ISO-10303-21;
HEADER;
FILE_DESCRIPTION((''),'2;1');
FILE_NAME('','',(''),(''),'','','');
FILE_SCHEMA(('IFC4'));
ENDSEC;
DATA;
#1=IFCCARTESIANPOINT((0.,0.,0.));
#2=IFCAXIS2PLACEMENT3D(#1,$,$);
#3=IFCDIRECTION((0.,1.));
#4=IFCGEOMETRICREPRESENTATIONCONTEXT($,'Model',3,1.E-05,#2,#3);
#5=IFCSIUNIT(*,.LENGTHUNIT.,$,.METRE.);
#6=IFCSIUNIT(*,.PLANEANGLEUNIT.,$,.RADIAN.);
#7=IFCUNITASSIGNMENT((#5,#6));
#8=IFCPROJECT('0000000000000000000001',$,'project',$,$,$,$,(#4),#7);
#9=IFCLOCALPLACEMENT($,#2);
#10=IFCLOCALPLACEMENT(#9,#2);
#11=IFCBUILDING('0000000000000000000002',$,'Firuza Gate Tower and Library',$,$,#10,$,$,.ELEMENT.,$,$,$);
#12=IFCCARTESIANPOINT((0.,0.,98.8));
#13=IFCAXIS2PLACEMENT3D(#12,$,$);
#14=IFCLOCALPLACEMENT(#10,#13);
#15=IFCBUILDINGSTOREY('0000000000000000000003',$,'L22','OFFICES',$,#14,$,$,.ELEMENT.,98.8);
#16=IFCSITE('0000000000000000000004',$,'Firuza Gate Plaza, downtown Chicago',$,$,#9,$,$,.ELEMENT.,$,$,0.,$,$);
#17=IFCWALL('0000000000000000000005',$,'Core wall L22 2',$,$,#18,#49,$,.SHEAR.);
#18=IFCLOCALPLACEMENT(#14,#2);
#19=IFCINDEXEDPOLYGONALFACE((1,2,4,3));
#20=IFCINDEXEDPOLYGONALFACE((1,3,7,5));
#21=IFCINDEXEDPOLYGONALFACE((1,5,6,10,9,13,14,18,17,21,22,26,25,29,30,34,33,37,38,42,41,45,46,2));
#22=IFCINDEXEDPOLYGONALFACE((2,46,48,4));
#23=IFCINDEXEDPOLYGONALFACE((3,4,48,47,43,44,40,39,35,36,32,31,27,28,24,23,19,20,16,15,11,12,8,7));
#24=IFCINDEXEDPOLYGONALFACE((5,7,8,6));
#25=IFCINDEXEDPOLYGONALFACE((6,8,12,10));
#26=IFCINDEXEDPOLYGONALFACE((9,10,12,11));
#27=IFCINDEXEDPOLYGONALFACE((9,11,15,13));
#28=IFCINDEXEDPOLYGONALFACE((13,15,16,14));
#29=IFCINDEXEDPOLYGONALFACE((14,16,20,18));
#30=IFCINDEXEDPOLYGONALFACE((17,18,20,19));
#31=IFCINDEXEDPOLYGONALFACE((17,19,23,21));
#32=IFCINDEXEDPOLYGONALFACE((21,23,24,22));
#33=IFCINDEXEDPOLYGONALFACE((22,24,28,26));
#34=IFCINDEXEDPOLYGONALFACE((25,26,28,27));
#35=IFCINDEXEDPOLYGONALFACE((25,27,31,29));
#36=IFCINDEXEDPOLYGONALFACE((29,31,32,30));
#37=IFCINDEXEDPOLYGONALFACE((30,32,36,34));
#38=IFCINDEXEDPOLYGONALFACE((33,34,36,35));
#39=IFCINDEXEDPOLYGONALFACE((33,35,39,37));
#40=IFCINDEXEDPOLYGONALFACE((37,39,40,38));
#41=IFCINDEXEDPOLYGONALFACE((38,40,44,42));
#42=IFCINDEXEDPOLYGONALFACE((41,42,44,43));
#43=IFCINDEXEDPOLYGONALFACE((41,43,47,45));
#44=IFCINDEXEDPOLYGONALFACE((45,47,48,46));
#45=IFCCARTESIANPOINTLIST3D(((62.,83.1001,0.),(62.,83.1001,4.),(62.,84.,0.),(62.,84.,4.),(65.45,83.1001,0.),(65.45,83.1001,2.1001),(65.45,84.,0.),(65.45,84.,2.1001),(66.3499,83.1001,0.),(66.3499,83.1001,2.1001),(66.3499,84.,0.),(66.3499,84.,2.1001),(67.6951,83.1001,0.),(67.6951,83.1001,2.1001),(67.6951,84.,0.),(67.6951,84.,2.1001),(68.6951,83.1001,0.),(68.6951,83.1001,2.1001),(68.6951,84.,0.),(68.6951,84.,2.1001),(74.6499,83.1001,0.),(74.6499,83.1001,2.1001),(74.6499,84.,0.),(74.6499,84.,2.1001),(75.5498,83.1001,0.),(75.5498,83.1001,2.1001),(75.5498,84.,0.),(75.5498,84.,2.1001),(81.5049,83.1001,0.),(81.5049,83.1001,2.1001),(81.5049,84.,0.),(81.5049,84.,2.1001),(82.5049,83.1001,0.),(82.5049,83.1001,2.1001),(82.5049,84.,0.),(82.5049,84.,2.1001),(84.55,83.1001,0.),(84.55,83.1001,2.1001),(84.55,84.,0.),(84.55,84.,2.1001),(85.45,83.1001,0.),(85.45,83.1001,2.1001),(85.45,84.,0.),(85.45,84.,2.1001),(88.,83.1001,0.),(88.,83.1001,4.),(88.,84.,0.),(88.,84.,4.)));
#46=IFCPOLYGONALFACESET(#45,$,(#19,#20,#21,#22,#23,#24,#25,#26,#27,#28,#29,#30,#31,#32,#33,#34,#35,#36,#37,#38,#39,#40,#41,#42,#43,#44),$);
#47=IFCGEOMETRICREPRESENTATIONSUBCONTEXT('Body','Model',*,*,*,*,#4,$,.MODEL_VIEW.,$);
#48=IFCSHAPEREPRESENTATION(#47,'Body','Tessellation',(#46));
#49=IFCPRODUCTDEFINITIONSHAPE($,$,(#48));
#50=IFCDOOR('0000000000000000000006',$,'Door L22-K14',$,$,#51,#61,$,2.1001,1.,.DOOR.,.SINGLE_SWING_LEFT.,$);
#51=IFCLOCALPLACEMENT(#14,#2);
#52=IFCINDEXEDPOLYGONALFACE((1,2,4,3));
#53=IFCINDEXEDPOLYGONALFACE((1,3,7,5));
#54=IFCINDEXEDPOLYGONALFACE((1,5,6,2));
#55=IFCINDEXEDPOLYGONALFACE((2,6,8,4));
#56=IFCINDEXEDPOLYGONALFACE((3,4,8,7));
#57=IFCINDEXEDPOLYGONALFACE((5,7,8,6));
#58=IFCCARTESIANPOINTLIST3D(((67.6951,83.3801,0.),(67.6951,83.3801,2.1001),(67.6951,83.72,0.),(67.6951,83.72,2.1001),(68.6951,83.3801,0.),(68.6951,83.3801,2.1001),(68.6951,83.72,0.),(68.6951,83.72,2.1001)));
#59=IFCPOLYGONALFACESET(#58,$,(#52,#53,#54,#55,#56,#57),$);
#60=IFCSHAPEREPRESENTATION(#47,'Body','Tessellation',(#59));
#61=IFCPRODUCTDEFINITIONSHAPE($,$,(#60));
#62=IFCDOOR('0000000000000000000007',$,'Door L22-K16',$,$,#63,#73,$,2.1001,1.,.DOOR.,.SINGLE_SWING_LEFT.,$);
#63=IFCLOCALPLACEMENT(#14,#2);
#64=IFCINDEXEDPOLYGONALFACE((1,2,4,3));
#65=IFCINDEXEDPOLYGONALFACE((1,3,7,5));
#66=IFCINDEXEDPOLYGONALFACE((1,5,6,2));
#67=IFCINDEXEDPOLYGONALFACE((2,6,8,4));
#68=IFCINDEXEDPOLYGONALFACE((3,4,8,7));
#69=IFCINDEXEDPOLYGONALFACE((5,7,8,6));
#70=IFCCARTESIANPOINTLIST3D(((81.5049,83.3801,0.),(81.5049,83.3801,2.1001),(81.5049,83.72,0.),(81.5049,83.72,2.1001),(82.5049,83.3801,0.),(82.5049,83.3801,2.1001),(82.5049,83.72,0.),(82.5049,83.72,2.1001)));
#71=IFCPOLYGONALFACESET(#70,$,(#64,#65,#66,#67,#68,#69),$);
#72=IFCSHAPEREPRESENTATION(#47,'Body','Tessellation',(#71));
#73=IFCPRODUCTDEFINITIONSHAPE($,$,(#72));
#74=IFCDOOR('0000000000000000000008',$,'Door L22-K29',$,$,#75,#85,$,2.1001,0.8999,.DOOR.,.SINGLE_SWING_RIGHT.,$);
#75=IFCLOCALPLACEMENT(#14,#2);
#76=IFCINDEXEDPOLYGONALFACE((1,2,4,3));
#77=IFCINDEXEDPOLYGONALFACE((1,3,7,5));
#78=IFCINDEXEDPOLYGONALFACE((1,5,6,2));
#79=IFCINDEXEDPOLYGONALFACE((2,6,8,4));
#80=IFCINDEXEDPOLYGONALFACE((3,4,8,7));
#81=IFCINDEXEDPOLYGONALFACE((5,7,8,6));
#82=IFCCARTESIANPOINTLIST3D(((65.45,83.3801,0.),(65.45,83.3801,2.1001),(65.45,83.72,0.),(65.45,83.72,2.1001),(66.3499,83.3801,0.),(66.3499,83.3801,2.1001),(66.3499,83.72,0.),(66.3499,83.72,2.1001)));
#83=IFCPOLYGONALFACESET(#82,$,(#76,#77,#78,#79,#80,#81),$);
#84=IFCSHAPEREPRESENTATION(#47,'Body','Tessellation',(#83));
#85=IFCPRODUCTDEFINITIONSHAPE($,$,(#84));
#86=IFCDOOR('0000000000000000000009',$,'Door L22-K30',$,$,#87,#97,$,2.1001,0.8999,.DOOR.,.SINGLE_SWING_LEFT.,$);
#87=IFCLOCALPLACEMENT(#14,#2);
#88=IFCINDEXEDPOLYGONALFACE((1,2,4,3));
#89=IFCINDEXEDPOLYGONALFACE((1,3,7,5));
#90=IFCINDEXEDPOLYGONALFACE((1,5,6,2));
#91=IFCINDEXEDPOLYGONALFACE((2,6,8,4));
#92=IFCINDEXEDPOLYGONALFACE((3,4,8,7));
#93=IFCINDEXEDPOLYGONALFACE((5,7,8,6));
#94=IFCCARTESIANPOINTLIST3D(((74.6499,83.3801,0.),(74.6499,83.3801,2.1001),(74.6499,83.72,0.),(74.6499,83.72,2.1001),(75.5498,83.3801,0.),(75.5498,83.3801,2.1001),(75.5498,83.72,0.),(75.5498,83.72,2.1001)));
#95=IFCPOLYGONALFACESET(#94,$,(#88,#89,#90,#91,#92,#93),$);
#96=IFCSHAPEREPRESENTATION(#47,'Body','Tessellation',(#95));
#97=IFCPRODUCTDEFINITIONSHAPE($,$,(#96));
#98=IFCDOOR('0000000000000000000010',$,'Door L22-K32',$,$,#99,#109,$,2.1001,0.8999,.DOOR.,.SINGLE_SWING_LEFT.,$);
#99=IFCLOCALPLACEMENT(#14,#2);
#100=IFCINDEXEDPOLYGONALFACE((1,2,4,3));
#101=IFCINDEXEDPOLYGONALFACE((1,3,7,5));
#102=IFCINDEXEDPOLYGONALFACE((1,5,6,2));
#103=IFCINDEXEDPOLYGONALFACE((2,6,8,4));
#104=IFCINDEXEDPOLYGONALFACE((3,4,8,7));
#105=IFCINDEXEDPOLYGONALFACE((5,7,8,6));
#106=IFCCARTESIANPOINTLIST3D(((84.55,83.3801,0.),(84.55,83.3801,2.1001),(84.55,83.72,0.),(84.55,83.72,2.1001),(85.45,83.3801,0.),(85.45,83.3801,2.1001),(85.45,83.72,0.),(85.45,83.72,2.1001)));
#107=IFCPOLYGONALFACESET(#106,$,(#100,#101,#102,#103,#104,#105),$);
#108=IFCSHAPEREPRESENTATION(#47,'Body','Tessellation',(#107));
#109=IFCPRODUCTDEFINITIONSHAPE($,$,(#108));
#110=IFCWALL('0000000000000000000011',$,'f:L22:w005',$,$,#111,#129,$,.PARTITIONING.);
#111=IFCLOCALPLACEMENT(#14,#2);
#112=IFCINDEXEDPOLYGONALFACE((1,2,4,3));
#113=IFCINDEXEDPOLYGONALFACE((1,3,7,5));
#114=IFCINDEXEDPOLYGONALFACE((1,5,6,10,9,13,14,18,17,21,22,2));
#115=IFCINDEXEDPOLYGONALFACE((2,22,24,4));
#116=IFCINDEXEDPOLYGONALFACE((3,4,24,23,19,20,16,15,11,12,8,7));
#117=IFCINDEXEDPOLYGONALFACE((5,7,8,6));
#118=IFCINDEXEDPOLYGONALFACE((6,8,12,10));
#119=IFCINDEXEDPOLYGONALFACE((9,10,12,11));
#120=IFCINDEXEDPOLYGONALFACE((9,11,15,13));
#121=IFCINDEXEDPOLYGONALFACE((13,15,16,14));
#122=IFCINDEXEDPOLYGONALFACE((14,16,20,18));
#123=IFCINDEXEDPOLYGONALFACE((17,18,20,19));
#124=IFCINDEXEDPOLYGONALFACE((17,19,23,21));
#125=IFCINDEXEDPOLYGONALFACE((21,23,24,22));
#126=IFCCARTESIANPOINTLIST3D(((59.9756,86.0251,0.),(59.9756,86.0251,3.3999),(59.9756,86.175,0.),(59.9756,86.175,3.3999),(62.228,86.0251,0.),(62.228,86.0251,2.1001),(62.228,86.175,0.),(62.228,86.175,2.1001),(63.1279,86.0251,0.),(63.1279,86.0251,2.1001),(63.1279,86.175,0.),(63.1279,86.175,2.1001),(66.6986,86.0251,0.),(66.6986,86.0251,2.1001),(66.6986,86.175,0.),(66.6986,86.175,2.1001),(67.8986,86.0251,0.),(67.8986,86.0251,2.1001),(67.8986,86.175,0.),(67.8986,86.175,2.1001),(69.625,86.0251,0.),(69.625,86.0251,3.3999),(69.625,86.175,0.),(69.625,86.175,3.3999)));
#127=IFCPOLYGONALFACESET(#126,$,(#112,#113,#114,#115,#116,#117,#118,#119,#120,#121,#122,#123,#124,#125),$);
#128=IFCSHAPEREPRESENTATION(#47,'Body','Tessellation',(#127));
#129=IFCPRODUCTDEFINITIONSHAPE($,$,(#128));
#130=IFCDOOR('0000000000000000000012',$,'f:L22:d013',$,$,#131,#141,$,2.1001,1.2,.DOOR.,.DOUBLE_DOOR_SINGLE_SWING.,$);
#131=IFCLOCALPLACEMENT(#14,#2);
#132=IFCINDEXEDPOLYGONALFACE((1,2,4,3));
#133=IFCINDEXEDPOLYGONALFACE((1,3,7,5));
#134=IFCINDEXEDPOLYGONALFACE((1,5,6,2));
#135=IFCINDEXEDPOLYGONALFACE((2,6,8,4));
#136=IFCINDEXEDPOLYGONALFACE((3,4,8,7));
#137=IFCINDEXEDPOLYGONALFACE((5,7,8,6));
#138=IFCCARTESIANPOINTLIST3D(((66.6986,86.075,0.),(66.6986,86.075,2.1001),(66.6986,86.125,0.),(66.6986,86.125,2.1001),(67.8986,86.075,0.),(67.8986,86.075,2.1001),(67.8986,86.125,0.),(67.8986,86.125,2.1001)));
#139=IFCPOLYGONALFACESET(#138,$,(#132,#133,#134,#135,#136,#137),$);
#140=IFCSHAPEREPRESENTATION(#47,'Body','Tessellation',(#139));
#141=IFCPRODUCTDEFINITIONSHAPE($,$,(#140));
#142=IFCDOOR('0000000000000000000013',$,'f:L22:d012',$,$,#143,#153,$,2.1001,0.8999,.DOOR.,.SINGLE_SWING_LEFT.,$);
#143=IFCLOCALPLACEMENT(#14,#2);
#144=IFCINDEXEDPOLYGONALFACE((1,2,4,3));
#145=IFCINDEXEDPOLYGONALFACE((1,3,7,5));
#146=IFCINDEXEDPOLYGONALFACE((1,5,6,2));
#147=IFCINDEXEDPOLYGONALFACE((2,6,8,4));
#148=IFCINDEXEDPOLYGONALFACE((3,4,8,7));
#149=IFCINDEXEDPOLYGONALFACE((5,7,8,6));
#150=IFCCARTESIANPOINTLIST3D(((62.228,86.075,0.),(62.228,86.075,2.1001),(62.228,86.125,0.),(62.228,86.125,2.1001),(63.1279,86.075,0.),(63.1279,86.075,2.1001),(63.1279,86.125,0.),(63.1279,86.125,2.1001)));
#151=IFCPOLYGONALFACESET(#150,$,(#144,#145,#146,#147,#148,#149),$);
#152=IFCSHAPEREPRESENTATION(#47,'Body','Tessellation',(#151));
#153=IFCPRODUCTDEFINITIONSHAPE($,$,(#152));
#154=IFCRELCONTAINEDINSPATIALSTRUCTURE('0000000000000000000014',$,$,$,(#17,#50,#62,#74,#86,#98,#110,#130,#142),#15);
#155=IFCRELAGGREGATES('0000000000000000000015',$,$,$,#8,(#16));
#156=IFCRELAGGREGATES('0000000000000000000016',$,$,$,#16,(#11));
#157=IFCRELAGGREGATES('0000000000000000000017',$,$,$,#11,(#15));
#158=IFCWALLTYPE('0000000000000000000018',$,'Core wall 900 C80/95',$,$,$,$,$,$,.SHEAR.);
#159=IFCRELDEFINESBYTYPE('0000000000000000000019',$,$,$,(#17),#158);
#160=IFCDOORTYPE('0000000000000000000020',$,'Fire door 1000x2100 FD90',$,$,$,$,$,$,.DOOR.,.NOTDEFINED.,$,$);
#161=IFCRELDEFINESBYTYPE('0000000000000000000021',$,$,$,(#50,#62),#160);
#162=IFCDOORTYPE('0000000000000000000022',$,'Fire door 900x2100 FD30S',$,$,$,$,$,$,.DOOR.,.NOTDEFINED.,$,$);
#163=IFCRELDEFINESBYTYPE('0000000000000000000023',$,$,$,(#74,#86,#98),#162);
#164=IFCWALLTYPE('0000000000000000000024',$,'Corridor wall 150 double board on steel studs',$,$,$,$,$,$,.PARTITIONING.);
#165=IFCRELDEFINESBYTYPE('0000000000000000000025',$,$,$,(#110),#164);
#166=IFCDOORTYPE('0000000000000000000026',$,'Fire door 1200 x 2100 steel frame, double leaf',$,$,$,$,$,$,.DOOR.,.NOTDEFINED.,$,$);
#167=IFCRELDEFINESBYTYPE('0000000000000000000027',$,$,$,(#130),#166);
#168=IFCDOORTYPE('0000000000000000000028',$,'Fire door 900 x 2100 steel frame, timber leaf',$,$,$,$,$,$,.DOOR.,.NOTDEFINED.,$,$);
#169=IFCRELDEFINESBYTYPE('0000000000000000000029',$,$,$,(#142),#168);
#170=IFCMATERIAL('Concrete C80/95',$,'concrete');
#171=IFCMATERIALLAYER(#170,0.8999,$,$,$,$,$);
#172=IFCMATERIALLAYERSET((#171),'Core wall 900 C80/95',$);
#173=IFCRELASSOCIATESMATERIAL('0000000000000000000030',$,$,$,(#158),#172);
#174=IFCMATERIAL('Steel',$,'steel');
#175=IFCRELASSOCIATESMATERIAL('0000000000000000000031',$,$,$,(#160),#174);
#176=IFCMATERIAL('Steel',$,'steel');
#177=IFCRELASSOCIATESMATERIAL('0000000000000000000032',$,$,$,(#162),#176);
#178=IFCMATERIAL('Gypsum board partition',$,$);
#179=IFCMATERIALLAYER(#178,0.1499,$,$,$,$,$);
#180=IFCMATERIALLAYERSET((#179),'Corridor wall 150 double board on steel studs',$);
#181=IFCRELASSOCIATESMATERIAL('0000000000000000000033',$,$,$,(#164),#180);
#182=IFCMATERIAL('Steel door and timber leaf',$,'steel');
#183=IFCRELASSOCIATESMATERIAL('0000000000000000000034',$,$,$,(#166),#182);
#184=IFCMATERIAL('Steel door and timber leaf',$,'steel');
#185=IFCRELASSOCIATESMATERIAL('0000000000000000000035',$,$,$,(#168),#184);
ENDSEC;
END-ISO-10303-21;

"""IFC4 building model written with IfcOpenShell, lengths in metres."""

from ifc_helpers import new_model, si_unit, direction, frame, frame_2d, origin, place, context, subcontext, project, spatial, rectangle, extrude, material, layer, layer_set, type_object, element, fill, save


model = new_model("IFC4")

# Units and contexts
model_context = context("Model", 3, precision=1e-05, world=origin(), true_north=direction((0.0, 1.0)))
body_context = subcontext(model_context, "Body", "Model", "MODEL_VIEW")
ifc_project = project(units=[si_unit("LENGTHUNIT", "METRE"), si_unit("PLANEANGLEUNIT", "RADIAN")], contexts=[model_context])

# Site, building, storey
site_placement = place(None, origin())
site = spatial("IfcSite", under=ifc_project, at=site_placement, Name="Firuza Gate Plaza, downtown Chicago", CompositionType="ELEMENT", RefElevation=0.0)
building_placement = place(site_placement, origin())
building = spatial("IfcBuilding", under=site, at=building_placement, Name="Firuza Gate Tower and Library", CompositionType="ELEMENT")
storey_placement = place(building_placement, frame((0.0, 0.0, 98.8)))
storey = spatial("IfcBuildingStorey", under=building, at=storey_placement, Name="L22", Description="OFFICES", CompositionType="ELEMENT", Elevation=98.8)

# Walls, openings, doors
ifc_material_1 = material(Name="Concrete C80/95", Category="concrete")
ifc_layer_1 = layer(ifc_material_1, 0.8999)
ifc_layer_set_1 = layer_set([ifc_layer_1], Name="Core wall 900 C80/95")
wall_type_1 = type_object("IfcWallType", Name="Core wall 900 C80/95", PredefinedType="SHEAR", material=ifc_layer_set_1)
wall_1_placement = place(storey_placement, frame((62.0, 83.55, 0.0), z_axis=(0.0, 0.0, 1.0), x_axis=(1.0, 0.0, 0.0)))
wall_1 = element("IfcWall", 1, at=wall_1_placement, inside=storey, type_object=wall_type_1, Name="Core wall L22 2", PredefinedType="SHEAR", context=body_context, shape_type="SweptSolid", body=[
    extrude(rectangle(XDim=26.0, YDim=0.8999, at=frame_2d((13.0, 0.0))), origin(), (0.0, 0.0, 1.0), 4.0),
])
opening_1_placement = place(wall_1_placement, frame((5.6951, 0.0, 0.0)))
opening_1 = element("IfcOpeningElement", 2, at=opening_1_placement, cuts=wall_1, PredefinedType="OPENING", context=body_context, shape_type="SweptSolid", body=[
    extrude(rectangle(XDim=1.0, YDim=2.1001, at=frame_2d((0.5, 1.05))), frame((0.0, 0.46, 0.0), z_axis=(0.0, -1.0, 0.0), x_axis=(1.0, 0.0, 0.0)), (0.0, 0.0, 1.0), 0.9199),
])
opening_2_placement = place(wall_1_placement, frame((19.5049, 0.0, 0.0)))
opening_2 = element("IfcOpeningElement", 3, at=opening_2_placement, cuts=wall_1, PredefinedType="OPENING", context=body_context, shape_type="SweptSolid", body=[
    extrude(rectangle(XDim=1.0, YDim=2.1001, at=frame_2d((0.5, 1.05))), frame((0.0, 0.46, 0.0), z_axis=(0.0, -1.0, 0.0), x_axis=(1.0, 0.0, 0.0)), (0.0, 0.0, 1.0), 0.9199),
])
opening_3_placement = place(wall_1_placement, frame((3.45, 0.0, 0.0)))
opening_3 = element("IfcOpeningElement", 4, at=opening_3_placement, cuts=wall_1, PredefinedType="OPENING", context=body_context, shape_type="SweptSolid", body=[
    extrude(rectangle(XDim=0.8999, YDim=2.1001, at=frame_2d((0.45, 1.05))), frame((0.0, 0.46, 0.0), z_axis=(0.0, -1.0, 0.0), x_axis=(1.0, 0.0, 0.0)), (0.0, 0.0, 1.0), 0.9199),
])
opening_4_placement = place(wall_1_placement, frame((12.6499, 0.0, 0.0)))
opening_4 = element("IfcOpeningElement", 5, at=opening_4_placement, cuts=wall_1, PredefinedType="OPENING", context=body_context, shape_type="SweptSolid", body=[
    extrude(rectangle(XDim=0.8999, YDim=2.1001, at=frame_2d((0.45, 1.05))), frame((0.0, 0.46, 0.0), z_axis=(0.0, -1.0, 0.0), x_axis=(1.0, 0.0, 0.0)), (0.0, 0.0, 1.0), 0.9199),
])
opening_5_placement = place(wall_1_placement, frame((22.55, 0.0, 0.0)))
opening_5 = element("IfcOpeningElement", 6, at=opening_5_placement, cuts=wall_1, PredefinedType="OPENING", context=body_context, shape_type="SweptSolid", body=[
    extrude(rectangle(XDim=0.8999, YDim=2.1001, at=frame_2d((0.45, 1.05))), frame((0.0, 0.46, 0.0), z_axis=(0.0, -1.0, 0.0), x_axis=(1.0, 0.0, 0.0)), (0.0, 0.0, 1.0), 0.9199),
])
ifc_material_2 = material(Name="Steel", Category="steel")
door_type_1 = type_object("IfcDoorType", Name="Fire door 1000x2100 FD90", OperationType="NOTDEFINED", PredefinedType="DOOR", material=ifc_material_2)
door_1_placement = place(opening_1_placement, origin())
door_1 = element("IfcDoor", 7, at=door_1_placement, inside=storey, type_object=door_type_1, Name="Door L22-K14", OperationType="SINGLE_SWING_LEFT", OverallHeight=2.1001, OverallWidth=1.0, PredefinedType="DOOR", context=body_context, shape_type="SweptSolid", body=[
    extrude(rectangle(XDim=1.0, YDim=2.1001, at=frame_2d((0.5, 1.05))), frame((0.0, 0.1699, 0.0), z_axis=(0.0, -1.0, 0.0), x_axis=(1.0, 0.0, 0.0)), (0.0, 0.0, 1.0), 0.3398),
])
fill(opening_1, door_1)
door_2_placement = place(opening_2_placement, origin())
door_2 = element("IfcDoor", 8, at=door_2_placement, inside=storey, type_object=door_type_1, Name="Door L22-K16", OperationType="SINGLE_SWING_LEFT", OverallHeight=2.1001, OverallWidth=1.0, PredefinedType="DOOR", context=body_context, shape_type="SweptSolid", body=[
    extrude(rectangle(XDim=1.0, YDim=2.1001, at=frame_2d((0.5, 1.05))), frame((0.0, 0.1699, 0.0), z_axis=(0.0, -1.0, 0.0), x_axis=(1.0, 0.0, 0.0)), (0.0, 0.0, 1.0), 0.3398),
])
fill(opening_2, door_2)
ifc_material_3 = material(Name="Steel", Category="steel")
door_type_2 = type_object("IfcDoorType", Name="Fire door 900x2100 FD30S", OperationType="NOTDEFINED", PredefinedType="DOOR", material=ifc_material_3)
door_3_placement = place(opening_3_placement, origin())
door_3 = element("IfcDoor", 9, at=door_3_placement, inside=storey, type_object=door_type_2, Name="Door L22-K29", OperationType="SINGLE_SWING_RIGHT", OverallHeight=2.1001, OverallWidth=0.8999, PredefinedType="DOOR", context=body_context, shape_type="SweptSolid", body=[
    extrude(rectangle(XDim=0.8999, YDim=2.1001, at=frame_2d((0.45, 1.05))), frame((0.0, 0.1699, 0.0), z_axis=(0.0, -1.0, 0.0), x_axis=(1.0, 0.0, 0.0)), (0.0, 0.0, 1.0), 0.3398),
])
fill(opening_3, door_3)
door_4_placement = place(opening_4_placement, origin())
door_4 = element("IfcDoor", 10, at=door_4_placement, inside=storey, type_object=door_type_2, Name="Door L22-K30", OperationType="SINGLE_SWING_LEFT", OverallHeight=2.1001, OverallWidth=0.8999, PredefinedType="DOOR", context=body_context, shape_type="SweptSolid", body=[
    extrude(rectangle(XDim=0.8999, YDim=2.1001, at=frame_2d((0.45, 1.05))), frame((0.0, 0.1699, 0.0), z_axis=(0.0, -1.0, 0.0), x_axis=(1.0, 0.0, 0.0)), (0.0, 0.0, 1.0), 0.3398),
])
fill(opening_4, door_4)
door_5_placement = place(opening_5_placement, origin())
door_5 = element("IfcDoor", 11, at=door_5_placement, inside=storey, type_object=door_type_2, Name="Door L22-K32", OperationType="SINGLE_SWING_LEFT", OverallHeight=2.1001, OverallWidth=0.8999, PredefinedType="DOOR", context=body_context, shape_type="SweptSolid", body=[
    extrude(rectangle(XDim=0.8999, YDim=2.1001, at=frame_2d((0.45, 1.05))), frame((0.0, 0.1699, 0.0), z_axis=(0.0, -1.0, 0.0), x_axis=(1.0, 0.0, 0.0)), (0.0, 0.0, 1.0), 0.3398),
])
fill(opening_5, door_5)
ifc_material_4 = material(Name="Gypsum board partition")
ifc_layer_2 = layer(ifc_material_4, 0.1499)
ifc_layer_set_2 = layer_set([ifc_layer_2], Name="Corridor wall 150 double board on steel studs")
wall_type_2 = type_object("IfcWallType", Name="Corridor wall 150 double board on steel studs", PredefinedType="PARTITIONING", material=ifc_layer_set_2)
wall_2_placement = place(storey_placement, frame((59.9756, 86.1001, 0.0), z_axis=(0.0, 0.0, 1.0), x_axis=(1.0, 0.0, 0.0)))
wall_2 = element("IfcWall", 12, at=wall_2_placement, inside=storey, type_object=wall_type_2, Name="f:L22:w005", PredefinedType="PARTITIONING", context=body_context, shape_type="SweptSolid", body=[
    extrude(rectangle(XDim=9.6494, YDim=0.1499, at=frame_2d((4.8247, 0.0))), origin(), (0.0, 0.0, 1.0), 3.3999),
])
opening_6_placement = place(wall_2_placement, frame((2.2524, 0.0, 0.0)))
opening_6 = element("IfcOpeningElement", 13, at=opening_6_placement, cuts=wall_2, PredefinedType="OPENING", context=body_context, shape_type="SweptSolid", body=[
    extrude(rectangle(XDim=0.8999, YDim=2.1001, at=frame_2d((0.45, 1.05))), frame((0.0, 0.085, 0.0), z_axis=(0.0, -1.0, 0.0), x_axis=(1.0, 0.0, 0.0)), (0.0, 0.0, 1.0), 0.1699),
])
opening_7_placement = place(wall_2_placement, frame((6.7229, 0.0, 0.0)))
opening_7 = element("IfcOpeningElement", 14, at=opening_7_placement, cuts=wall_2, PredefinedType="OPENING", context=body_context, shape_type="SweptSolid", body=[
    extrude(rectangle(XDim=1.2, YDim=2.1001, at=frame_2d((0.6001, 1.05))), frame((0.0, 0.085, 0.0), z_axis=(0.0, -1.0, 0.0), x_axis=(1.0, 0.0, 0.0)), (0.0, 0.0, 1.0), 0.1699),
])
ifc_material_5 = material(Name="Steel door and timber leaf", Category="steel")
door_type_3 = type_object("IfcDoorType", Name="Fire door 1200 x 2100 steel frame, double leaf", OperationType="NOTDEFINED", PredefinedType="DOOR", material=ifc_material_5)
door_6_placement = place(opening_7_placement, origin())
door_6 = element("IfcDoor", 15, at=door_6_placement, inside=storey, type_object=door_type_3, Name="f:L22:d013", OperationType="DOUBLE_DOOR_SINGLE_SWING", OverallHeight=2.1001, OverallWidth=1.2, PredefinedType="DOOR", context=body_context, shape_type="SweptSolid", body=[
    extrude(rectangle(XDim=1.2, YDim=2.1001, at=frame_2d((0.6001, 1.05))), frame((0.0, 0.0249, 0.0), z_axis=(0.0, -1.0, 0.0), x_axis=(1.0, 0.0, 0.0)), (0.0, 0.0, 1.0), 0.05),
])
fill(opening_7, door_6)
ifc_material_6 = material(Name="Steel door and timber leaf", Category="steel")
door_type_4 = type_object("IfcDoorType", Name="Fire door 900 x 2100 steel frame, timber leaf", OperationType="NOTDEFINED", PredefinedType="DOOR", material=ifc_material_6)
door_7_placement = place(opening_6_placement, origin())
door_7 = element("IfcDoor", 16, at=door_7_placement, inside=storey, type_object=door_type_4, Name="f:L22:d012", OperationType="SINGLE_SWING_LEFT", OverallHeight=2.1001, OverallWidth=0.8999, PredefinedType="DOOR", context=body_context, shape_type="SweptSolid", body=[
    extrude(rectangle(XDim=0.8999, YDim=2.1001, at=frame_2d((0.45, 1.05))), frame((0.0, 0.0249, 0.0), z_axis=(0.0, -1.0, 0.0), x_axis=(1.0, 0.0, 0.0)), (0.0, 0.0, 1.0), 0.05),
])
fill(opening_6, door_7)

save(model, "model.ifc")
